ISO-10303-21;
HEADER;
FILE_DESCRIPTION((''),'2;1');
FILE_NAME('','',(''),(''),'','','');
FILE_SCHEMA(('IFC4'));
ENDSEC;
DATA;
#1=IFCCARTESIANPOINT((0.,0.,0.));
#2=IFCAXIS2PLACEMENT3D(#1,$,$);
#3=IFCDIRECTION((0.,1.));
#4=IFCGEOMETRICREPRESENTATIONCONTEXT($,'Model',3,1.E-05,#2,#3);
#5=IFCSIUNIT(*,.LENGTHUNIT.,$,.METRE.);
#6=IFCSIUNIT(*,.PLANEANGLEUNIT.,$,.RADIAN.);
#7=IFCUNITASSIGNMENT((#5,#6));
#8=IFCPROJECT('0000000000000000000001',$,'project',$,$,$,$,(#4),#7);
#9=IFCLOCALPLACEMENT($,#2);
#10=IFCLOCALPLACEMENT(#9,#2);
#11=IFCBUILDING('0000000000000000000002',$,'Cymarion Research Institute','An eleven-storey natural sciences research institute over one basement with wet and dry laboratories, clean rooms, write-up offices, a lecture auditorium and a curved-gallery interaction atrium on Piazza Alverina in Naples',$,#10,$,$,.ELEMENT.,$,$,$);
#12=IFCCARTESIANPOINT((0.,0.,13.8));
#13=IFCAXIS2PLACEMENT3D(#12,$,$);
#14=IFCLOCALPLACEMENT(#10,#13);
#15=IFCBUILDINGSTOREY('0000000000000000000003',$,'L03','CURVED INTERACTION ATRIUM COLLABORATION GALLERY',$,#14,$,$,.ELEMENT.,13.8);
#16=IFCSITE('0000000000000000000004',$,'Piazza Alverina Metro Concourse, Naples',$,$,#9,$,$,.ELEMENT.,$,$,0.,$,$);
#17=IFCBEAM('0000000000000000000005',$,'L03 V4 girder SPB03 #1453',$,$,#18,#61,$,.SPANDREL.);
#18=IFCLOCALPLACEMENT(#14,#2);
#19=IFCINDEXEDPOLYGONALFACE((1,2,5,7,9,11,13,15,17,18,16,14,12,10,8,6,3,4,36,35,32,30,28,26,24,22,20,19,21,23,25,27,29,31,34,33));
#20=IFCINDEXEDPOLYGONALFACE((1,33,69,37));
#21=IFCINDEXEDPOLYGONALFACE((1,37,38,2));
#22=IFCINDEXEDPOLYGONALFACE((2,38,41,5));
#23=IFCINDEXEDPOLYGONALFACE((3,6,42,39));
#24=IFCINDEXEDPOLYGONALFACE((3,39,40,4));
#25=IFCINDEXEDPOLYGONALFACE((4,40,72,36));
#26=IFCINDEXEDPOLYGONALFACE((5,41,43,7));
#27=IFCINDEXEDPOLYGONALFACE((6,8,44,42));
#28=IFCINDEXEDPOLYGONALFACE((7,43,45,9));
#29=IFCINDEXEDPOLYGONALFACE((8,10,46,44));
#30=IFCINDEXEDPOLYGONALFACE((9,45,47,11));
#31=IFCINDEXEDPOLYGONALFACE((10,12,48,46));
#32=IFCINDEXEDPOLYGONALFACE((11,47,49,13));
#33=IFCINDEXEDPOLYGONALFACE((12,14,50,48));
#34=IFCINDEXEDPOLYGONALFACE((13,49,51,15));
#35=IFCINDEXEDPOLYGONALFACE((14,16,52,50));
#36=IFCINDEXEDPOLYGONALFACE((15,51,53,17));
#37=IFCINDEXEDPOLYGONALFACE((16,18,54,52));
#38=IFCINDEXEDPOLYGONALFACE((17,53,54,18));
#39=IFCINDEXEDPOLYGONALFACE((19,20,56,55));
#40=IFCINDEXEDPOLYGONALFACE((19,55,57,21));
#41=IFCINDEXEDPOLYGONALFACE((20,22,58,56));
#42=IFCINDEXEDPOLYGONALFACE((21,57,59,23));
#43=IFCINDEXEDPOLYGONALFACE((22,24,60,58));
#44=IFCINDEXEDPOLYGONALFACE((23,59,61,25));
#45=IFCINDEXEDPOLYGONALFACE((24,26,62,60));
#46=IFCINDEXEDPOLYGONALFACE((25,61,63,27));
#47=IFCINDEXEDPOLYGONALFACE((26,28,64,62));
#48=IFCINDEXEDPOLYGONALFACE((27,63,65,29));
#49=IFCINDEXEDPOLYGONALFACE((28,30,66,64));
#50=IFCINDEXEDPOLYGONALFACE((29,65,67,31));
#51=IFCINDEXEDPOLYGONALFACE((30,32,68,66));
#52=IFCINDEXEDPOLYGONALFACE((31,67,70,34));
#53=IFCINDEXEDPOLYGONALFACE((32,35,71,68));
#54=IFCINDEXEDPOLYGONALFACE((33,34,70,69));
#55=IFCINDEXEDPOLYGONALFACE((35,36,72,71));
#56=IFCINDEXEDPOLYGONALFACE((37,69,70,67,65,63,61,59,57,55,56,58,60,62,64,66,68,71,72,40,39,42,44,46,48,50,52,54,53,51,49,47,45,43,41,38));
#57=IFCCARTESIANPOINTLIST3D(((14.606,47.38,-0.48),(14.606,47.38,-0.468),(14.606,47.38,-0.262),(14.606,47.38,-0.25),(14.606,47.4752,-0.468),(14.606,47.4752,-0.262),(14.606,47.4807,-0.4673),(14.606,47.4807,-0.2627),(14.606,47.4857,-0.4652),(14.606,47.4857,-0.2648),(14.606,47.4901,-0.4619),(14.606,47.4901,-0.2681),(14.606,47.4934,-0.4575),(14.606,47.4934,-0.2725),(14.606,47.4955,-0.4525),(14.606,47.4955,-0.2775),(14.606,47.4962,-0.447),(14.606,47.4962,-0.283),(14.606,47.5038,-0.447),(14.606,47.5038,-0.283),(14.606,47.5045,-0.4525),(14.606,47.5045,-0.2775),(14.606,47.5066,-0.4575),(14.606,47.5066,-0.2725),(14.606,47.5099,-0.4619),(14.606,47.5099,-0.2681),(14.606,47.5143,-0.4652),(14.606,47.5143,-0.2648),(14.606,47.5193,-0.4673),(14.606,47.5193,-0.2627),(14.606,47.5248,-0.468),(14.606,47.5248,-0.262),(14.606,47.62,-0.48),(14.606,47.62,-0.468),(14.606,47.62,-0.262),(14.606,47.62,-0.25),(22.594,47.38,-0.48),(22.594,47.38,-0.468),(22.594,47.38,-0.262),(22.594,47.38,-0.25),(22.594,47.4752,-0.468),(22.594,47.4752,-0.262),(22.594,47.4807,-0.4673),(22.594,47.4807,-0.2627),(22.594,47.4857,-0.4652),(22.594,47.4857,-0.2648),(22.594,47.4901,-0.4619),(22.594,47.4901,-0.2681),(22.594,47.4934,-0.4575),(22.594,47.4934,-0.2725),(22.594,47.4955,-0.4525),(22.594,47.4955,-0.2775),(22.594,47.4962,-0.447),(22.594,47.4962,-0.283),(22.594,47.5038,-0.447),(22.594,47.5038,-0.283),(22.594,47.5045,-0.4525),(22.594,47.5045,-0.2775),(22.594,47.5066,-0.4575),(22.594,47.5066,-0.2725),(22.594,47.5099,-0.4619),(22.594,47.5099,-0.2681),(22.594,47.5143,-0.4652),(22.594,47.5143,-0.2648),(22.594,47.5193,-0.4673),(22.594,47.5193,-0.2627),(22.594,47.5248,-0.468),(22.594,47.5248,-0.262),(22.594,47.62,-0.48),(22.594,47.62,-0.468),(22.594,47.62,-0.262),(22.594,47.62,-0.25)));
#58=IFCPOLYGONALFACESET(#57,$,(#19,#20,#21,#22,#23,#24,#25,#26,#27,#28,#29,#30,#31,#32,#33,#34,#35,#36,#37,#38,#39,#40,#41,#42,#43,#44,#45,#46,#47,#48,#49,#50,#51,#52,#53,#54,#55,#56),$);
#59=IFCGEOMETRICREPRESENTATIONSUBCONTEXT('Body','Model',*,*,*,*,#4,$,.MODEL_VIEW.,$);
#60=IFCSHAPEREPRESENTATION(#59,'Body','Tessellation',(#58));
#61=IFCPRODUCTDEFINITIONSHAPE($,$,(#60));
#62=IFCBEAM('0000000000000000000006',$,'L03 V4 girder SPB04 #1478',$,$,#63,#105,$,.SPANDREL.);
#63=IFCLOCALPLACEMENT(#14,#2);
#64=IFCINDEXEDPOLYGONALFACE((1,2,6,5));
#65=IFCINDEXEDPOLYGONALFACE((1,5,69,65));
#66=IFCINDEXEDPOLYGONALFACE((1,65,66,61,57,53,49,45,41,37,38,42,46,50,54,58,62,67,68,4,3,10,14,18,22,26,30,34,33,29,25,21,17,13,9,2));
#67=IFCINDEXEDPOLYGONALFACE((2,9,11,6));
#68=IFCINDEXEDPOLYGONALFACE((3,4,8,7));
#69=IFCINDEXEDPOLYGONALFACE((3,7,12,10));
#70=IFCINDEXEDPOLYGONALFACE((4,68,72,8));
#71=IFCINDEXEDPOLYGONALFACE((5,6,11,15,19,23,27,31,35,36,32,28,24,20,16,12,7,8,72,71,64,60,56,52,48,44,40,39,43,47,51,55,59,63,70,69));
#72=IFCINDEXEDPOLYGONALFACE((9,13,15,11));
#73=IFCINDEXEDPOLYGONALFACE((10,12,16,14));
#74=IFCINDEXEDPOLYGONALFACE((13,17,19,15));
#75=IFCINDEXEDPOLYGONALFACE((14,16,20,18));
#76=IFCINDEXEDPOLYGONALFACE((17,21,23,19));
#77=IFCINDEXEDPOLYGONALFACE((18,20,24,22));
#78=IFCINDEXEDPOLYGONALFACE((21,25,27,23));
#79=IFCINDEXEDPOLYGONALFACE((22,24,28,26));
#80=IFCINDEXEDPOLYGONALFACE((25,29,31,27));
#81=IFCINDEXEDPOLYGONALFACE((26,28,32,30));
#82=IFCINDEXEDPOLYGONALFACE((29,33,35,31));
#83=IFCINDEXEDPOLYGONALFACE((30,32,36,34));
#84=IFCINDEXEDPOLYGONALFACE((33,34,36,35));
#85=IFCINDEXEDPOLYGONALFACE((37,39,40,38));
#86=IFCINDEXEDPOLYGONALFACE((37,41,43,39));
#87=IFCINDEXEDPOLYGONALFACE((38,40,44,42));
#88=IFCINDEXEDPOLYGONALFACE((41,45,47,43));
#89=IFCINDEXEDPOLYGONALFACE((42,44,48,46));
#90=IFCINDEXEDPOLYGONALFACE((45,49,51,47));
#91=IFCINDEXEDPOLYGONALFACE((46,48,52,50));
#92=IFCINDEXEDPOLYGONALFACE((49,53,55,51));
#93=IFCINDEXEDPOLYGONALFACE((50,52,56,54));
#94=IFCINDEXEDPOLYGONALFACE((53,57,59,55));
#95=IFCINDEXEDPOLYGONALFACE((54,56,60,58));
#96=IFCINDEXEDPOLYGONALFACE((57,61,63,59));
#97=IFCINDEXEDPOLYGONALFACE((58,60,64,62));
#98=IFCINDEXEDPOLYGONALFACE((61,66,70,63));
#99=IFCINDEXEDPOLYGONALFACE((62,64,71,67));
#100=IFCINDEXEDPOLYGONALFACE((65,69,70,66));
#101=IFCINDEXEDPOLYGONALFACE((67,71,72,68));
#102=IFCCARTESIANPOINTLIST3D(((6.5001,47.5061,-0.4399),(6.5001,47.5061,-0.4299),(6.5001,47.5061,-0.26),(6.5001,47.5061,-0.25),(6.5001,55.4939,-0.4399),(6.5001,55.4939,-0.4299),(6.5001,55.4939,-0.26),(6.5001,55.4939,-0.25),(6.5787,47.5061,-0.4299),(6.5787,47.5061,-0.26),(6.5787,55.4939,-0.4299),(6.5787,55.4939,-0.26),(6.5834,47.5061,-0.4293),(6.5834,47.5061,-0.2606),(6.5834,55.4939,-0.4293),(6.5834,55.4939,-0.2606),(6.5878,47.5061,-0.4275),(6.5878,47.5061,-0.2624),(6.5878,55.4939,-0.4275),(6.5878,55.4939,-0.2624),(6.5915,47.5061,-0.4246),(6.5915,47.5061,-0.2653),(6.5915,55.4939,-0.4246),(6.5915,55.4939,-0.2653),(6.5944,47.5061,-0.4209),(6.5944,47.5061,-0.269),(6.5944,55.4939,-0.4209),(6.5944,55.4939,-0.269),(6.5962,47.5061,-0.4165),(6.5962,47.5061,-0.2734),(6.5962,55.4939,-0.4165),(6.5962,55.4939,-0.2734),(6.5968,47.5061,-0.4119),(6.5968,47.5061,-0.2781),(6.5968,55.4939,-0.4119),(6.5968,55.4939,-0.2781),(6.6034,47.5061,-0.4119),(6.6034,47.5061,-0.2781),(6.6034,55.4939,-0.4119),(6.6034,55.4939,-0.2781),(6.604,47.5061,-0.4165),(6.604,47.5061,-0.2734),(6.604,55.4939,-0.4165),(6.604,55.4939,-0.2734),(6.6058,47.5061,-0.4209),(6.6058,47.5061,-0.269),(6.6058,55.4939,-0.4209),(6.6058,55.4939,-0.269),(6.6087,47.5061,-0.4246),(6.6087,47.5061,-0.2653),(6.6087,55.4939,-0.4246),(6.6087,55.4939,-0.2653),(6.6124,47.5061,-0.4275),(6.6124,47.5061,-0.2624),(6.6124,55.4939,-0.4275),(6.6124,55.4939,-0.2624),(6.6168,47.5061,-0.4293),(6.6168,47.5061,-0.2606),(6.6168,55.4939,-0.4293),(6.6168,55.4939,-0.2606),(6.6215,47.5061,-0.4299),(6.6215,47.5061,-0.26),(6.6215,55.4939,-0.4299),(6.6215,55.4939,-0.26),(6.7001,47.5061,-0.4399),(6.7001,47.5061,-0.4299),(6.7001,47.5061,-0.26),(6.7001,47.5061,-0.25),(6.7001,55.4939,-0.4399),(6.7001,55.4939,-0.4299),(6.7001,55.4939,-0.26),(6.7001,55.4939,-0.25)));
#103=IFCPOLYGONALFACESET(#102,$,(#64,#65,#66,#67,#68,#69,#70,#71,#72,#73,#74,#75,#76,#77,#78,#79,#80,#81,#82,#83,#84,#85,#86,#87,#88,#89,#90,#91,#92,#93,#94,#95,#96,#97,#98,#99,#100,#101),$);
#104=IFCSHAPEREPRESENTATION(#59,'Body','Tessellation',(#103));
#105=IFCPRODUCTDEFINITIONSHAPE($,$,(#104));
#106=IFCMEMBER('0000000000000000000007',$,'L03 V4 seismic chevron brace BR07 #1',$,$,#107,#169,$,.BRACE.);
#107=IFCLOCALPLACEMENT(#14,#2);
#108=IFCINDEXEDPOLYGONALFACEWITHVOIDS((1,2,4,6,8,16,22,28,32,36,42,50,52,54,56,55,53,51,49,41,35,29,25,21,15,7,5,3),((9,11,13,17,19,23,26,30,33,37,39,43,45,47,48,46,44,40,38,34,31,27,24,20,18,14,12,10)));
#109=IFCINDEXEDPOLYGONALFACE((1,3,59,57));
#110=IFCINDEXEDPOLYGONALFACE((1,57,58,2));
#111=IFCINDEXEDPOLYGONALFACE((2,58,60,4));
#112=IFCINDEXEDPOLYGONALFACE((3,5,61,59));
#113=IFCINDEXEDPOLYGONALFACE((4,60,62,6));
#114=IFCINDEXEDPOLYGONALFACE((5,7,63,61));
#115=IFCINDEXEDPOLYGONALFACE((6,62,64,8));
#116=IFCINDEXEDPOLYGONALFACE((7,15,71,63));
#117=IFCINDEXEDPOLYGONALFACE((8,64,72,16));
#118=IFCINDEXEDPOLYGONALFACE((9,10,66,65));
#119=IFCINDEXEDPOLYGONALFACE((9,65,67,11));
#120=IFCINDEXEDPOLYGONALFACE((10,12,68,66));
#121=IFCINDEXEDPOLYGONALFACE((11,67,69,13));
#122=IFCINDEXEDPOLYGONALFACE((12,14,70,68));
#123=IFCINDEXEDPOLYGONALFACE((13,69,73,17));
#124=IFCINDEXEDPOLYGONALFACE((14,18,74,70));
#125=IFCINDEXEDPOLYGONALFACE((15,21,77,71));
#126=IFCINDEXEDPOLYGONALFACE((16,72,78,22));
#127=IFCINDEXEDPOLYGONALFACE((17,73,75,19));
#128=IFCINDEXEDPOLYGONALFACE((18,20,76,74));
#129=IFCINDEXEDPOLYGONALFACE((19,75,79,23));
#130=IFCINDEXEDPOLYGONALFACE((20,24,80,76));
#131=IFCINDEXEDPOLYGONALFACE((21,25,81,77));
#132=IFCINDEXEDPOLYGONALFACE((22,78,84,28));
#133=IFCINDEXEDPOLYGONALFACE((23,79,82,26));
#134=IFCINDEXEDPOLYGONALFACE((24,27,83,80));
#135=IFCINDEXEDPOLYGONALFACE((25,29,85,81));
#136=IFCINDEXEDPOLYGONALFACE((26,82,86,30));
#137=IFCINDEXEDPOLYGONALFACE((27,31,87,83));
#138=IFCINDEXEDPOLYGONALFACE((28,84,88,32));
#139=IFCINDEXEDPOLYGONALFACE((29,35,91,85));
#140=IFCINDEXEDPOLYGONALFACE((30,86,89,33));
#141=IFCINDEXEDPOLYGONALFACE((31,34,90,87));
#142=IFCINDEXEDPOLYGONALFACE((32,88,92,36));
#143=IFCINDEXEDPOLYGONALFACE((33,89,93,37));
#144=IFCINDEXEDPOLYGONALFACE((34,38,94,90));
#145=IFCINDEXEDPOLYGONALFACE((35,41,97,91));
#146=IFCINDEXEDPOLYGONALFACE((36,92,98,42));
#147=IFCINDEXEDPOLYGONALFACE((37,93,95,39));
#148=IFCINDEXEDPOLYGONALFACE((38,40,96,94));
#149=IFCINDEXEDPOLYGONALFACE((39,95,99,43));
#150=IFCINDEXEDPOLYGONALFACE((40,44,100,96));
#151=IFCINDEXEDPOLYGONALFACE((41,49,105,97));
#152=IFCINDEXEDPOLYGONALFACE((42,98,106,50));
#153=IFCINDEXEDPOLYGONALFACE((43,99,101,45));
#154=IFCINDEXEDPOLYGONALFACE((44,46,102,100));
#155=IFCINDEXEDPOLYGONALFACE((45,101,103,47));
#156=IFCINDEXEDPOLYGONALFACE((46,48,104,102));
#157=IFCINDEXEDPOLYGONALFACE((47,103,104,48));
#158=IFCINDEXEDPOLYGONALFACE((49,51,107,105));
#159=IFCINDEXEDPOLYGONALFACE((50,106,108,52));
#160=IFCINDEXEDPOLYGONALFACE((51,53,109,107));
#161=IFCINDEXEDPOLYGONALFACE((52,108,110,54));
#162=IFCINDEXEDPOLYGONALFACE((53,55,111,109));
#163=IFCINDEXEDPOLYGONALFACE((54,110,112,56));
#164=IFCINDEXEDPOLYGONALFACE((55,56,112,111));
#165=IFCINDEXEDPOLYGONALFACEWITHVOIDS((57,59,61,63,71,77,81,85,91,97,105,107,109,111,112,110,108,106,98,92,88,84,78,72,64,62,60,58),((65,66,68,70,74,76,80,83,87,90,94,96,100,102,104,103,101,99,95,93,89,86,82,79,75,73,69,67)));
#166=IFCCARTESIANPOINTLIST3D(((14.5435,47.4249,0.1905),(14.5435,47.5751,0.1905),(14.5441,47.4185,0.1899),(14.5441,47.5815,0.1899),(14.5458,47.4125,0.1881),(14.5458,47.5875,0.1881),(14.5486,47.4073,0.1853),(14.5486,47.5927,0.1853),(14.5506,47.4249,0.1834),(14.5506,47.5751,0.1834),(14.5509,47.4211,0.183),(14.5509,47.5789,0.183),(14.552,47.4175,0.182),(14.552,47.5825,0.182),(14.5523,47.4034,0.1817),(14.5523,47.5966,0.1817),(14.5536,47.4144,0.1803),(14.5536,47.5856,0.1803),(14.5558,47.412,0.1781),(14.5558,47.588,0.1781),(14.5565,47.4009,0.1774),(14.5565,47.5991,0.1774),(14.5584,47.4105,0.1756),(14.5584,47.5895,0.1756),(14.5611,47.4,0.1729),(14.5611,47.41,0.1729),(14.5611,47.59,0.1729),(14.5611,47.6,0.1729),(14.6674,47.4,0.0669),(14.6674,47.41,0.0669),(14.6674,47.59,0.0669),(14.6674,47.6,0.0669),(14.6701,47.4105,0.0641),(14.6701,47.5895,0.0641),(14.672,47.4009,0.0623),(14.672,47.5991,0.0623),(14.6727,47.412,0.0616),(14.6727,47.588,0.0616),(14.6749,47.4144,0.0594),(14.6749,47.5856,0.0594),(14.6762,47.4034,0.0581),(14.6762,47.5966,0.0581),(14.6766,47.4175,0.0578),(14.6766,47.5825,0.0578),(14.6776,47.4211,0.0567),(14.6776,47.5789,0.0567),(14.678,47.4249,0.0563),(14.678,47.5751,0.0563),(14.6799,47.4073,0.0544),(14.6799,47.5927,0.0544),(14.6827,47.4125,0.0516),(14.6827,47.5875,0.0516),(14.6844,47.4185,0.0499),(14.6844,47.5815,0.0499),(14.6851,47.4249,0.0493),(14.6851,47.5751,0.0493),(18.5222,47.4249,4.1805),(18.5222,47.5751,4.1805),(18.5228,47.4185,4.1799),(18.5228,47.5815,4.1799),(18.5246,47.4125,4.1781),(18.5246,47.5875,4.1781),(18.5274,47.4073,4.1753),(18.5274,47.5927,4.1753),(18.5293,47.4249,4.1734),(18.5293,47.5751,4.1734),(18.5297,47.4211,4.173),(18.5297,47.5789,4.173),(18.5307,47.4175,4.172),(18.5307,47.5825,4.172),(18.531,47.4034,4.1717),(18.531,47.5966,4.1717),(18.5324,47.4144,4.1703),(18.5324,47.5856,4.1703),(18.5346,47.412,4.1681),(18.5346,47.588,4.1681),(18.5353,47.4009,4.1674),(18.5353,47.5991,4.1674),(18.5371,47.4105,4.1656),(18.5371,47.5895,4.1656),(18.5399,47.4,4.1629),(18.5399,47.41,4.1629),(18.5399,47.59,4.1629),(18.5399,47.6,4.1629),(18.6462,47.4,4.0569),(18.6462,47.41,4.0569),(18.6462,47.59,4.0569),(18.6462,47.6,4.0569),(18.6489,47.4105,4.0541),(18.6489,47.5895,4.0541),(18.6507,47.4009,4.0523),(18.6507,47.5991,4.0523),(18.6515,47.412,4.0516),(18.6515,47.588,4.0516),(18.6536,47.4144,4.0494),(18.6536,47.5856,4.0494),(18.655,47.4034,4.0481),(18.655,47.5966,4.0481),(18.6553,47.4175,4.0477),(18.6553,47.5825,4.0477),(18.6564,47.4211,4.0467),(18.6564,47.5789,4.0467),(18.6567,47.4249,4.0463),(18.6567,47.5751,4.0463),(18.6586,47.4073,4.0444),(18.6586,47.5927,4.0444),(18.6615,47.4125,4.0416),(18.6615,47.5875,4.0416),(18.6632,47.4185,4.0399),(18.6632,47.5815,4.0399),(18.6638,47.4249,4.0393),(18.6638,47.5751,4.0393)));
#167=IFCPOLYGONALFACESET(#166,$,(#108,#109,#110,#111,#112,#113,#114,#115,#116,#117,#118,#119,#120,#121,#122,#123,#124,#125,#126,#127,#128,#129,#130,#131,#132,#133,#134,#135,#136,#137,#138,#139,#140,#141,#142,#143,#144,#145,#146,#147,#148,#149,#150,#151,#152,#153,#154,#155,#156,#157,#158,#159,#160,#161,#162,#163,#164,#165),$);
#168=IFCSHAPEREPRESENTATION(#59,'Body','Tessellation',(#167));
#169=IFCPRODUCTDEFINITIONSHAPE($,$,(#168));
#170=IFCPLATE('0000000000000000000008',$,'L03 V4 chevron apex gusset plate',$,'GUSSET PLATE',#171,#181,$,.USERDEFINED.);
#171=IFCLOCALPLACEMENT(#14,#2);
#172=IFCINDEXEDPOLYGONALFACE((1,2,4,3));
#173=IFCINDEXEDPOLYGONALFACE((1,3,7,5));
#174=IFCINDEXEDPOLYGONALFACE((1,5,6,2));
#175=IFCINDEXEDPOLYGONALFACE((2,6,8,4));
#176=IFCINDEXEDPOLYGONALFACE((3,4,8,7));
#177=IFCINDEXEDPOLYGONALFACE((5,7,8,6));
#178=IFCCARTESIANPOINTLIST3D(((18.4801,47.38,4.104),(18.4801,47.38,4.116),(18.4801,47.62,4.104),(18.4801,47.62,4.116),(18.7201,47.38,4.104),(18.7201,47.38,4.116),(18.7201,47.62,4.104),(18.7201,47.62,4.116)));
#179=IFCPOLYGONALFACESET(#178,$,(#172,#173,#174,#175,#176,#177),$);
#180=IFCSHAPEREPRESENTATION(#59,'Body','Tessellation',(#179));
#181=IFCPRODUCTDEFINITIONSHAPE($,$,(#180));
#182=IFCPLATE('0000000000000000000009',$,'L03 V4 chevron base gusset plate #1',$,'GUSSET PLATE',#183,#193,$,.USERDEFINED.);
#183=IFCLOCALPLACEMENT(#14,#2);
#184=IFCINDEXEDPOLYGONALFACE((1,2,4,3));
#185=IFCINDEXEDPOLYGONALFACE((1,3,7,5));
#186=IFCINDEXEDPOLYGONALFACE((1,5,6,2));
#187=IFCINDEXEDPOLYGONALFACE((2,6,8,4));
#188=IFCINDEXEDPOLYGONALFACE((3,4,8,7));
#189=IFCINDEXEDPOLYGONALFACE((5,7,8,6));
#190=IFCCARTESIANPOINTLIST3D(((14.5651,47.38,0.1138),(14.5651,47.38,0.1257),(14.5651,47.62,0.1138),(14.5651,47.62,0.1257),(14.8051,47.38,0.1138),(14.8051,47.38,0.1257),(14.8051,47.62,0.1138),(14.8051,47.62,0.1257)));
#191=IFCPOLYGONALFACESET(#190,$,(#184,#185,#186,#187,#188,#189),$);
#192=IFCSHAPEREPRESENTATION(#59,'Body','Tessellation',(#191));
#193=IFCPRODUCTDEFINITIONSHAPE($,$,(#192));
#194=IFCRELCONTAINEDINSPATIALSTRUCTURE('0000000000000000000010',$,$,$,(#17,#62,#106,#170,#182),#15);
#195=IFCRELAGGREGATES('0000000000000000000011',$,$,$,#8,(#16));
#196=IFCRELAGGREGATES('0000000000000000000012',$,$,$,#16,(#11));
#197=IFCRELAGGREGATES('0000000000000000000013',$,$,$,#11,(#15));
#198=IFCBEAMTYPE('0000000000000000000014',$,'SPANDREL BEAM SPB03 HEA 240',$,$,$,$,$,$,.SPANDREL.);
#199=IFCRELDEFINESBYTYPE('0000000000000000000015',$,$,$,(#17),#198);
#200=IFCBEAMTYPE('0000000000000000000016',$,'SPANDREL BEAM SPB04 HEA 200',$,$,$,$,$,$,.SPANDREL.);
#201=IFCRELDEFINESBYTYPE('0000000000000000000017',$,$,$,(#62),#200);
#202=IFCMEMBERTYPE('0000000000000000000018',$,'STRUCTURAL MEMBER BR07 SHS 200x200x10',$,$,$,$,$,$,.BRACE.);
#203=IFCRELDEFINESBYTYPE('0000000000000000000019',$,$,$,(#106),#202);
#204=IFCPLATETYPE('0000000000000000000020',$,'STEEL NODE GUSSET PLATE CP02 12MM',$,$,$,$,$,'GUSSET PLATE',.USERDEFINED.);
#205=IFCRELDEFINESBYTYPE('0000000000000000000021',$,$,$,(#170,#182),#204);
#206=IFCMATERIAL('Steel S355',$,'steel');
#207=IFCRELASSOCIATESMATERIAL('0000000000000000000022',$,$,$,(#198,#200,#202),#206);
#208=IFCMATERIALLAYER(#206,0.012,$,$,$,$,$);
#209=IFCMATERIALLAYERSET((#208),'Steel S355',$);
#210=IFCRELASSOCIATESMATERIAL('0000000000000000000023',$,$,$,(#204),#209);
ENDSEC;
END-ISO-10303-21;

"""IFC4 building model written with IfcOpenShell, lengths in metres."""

from ifc_helpers import new_model, si_unit, direction, frame, origin, origin_2d, place, context, subcontext, project, spatial, rectangle, hollow_rectangle, i_section, extrude, material, layer, layer_set, material_profile, profile_set, type_object, element, save


model = new_model("IFC4")

# Units and contexts
model_context = context("Model", 3, precision=1e-05, world=origin(), true_north=direction((0.0, 1.0)))
body_context = subcontext(model_context, "Body", "Model", "MODEL_VIEW")
ifc_project = project(units=[si_unit("LENGTHUNIT", "METRE"), si_unit("PLANEANGLEUNIT", "RADIAN")], contexts=[model_context])

# Site, building, storey
site_placement = place(None, origin())
site = spatial("IfcSite", under=ifc_project, at=site_placement, Name="Piazza Alverina Metro Concourse, Naples", CompositionType="ELEMENT", RefElevation=0.0)
building_placement = place(site_placement, origin())
building = spatial("IfcBuilding", under=site, at=building_placement, Name="Cymarion Research Institute", Description="An eleven-storey natural sciences research institute over one basement with wet and dry laboratories, clean rooms, write-up offices, a lecture auditorium and a curved-gallery interaction atrium on Piazza Alverina in Naples", CompositionType="ELEMENT")
storey_placement = place(building_placement, frame((0.0, 0.0, 13.8)))
storey = spatial("IfcBuildingStorey", under=building, at=storey_placement, Name="L03", Description="CURVED INTERACTION ATRIUM COLLABORATION GALLERY", CompositionType="ELEMENT", Elevation=13.8)

# Shared definitions
ifc_material_1 = material(Name="Steel S355", Category="steel")

# Beams
ifc_material_profile_1 = material_profile(ifc_material_1, i_section(OverallWidth=0.24, OverallDepth=0.23, WebThickness=0.0076, FlangeThickness=0.012, FilletRadius=0.021, at=origin_2d()), Name="HEA 240")
ifc_profile_set_1 = profile_set([ifc_material_profile_1], Name="Steel S355")
beam_type_1 = type_object("IfcBeamType", Name="SPANDREL BEAM SPB03 HEA 240", PredefinedType="SPANDREL", material=ifc_profile_set_1)
for number, where, z_axis, x_axis, name in (
    (1, (14.606, 47.5, -0.365), (1.0, 0.0, 0.0), (0.0, 1.0, 0.0), "L03 V4 girder SPB03 #1453"),
):
    element("IfcBeam", number, at=place(storey_placement, frame(where, z_axis=z_axis, x_axis=x_axis)), inside=storey, type_object=beam_type_1, Name=name, PredefinedType="SPANDREL", context=body_context, shape_type="SweptSolid", body=[
        extrude(i_section(OverallWidth=0.24, OverallDepth=0.23, WebThickness=0.0076, FlangeThickness=0.012, FilletRadius=0.021, at=origin_2d()), origin(), (0.0, 0.0, 1.0), 7.988),
    ])
ifc_material_profile_2 = material_profile(ifc_material_1, i_section(OverallWidth=0.2, OverallDepth=0.1899, WebThickness=0.0066, FlangeThickness=0.01, FilletRadius=0.0181, at=origin_2d()), Name="HEA 200")
ifc_profile_set_2 = profile_set([ifc_material_profile_2], Name="Steel S355")
beam_type_2 = type_object("IfcBeamType", Name="SPANDREL BEAM SPB04 HEA 200", PredefinedType="SPANDREL", material=ifc_profile_set_2)
beam_1_placement = place(storey_placement, frame((6.6001, 47.5061, -0.345), z_axis=(0.0, 1.0, 0.0), x_axis=(-1.0, 0.0, 0.0)))
element("IfcBeam", 2, at=beam_1_placement, inside=storey, type_object=beam_type_2, Name="L03 V4 girder SPB04 #1478", PredefinedType="SPANDREL", context=body_context, shape_type="SweptSolid", body=[
    extrude(i_section(OverallWidth=0.2, OverallDepth=0.1899, WebThickness=0.0066, FlangeThickness=0.01, FilletRadius=0.0181, at=origin_2d()), origin(), (0.0, 0.0, 1.0), 7.9878),
])

# Member
ifc_material_profile_3 = material_profile(ifc_material_1, hollow_rectangle(XDim=0.2, YDim=0.2, WallThickness=0.01, InnerFilletRadius=0.0149, OuterFilletRadius=0.0249, at=origin_2d()), Name="SHS 200x200x10")
ifc_profile_set_3 = profile_set([ifc_material_profile_3], Name="Steel S355")
member_type_1 = type_object("IfcMemberType", Name="STRUCTURAL MEMBER BR07 SHS 200x200x10", PredefinedType="BRACE", material=ifc_profile_set_3)
member_1_placement = place(storey_placement, frame((14.6143, 47.5, 0.1199), z_axis=(0.70611, 0.0, 0.708103), x_axis=(0.0, 1.0, 0.0)))
element("IfcMember", 3, at=member_1_placement, inside=storey, type_object=member_type_1, Name="L03 V4 seismic chevron brace BR07 #1", PredefinedType="BRACE", context=body_context, shape_type="SweptSolid", body=[
    extrude(hollow_rectangle(XDim=0.2, YDim=0.2, WallThickness=0.01, InnerFilletRadius=0.0149, OuterFilletRadius=0.0249, at=origin_2d()), origin(), (0.0, 0.0, 1.0), 5.6348),
])

# Plates
ifc_layer_1 = layer(ifc_material_1, 0.012)
ifc_layer_set_1 = layer_set([ifc_layer_1], Name="Steel S355")
plate_type = type_object("IfcPlateType", Name="STEEL NODE GUSSET PLATE CP02 12MM", ElementType="GUSSET PLATE", PredefinedType="USERDEFINED", material=ifc_layer_set_1)
for number, where, z_axis, x_axis, name in (
    (4, (18.6001, 47.5, 4.104), (0.0, 0.0, 1.0), (1.0, 0.0, 0.0), "L03 V4 chevron apex gusset plate"),
    (5, (14.6851, 47.5, 0.1138), (0.0, 0.0, 1.0), (1.0, 0.0, 0.0), "L03 V4 chevron base gusset plate #1"),
):
    element("IfcPlate", number, at=place(storey_placement, frame(where, z_axis=z_axis, x_axis=x_axis)), inside=storey, type_object=plate_type, Name=name, ObjectType="GUSSET PLATE", PredefinedType="USERDEFINED", context=body_context, shape_type="SweptSolid", body=[
        extrude(rectangle(XDim=0.24, YDim=0.24, at=origin_2d()), origin(), (0.0, 0.0, 1.0), 0.012),
    ])

save(model, "model.ifc")
